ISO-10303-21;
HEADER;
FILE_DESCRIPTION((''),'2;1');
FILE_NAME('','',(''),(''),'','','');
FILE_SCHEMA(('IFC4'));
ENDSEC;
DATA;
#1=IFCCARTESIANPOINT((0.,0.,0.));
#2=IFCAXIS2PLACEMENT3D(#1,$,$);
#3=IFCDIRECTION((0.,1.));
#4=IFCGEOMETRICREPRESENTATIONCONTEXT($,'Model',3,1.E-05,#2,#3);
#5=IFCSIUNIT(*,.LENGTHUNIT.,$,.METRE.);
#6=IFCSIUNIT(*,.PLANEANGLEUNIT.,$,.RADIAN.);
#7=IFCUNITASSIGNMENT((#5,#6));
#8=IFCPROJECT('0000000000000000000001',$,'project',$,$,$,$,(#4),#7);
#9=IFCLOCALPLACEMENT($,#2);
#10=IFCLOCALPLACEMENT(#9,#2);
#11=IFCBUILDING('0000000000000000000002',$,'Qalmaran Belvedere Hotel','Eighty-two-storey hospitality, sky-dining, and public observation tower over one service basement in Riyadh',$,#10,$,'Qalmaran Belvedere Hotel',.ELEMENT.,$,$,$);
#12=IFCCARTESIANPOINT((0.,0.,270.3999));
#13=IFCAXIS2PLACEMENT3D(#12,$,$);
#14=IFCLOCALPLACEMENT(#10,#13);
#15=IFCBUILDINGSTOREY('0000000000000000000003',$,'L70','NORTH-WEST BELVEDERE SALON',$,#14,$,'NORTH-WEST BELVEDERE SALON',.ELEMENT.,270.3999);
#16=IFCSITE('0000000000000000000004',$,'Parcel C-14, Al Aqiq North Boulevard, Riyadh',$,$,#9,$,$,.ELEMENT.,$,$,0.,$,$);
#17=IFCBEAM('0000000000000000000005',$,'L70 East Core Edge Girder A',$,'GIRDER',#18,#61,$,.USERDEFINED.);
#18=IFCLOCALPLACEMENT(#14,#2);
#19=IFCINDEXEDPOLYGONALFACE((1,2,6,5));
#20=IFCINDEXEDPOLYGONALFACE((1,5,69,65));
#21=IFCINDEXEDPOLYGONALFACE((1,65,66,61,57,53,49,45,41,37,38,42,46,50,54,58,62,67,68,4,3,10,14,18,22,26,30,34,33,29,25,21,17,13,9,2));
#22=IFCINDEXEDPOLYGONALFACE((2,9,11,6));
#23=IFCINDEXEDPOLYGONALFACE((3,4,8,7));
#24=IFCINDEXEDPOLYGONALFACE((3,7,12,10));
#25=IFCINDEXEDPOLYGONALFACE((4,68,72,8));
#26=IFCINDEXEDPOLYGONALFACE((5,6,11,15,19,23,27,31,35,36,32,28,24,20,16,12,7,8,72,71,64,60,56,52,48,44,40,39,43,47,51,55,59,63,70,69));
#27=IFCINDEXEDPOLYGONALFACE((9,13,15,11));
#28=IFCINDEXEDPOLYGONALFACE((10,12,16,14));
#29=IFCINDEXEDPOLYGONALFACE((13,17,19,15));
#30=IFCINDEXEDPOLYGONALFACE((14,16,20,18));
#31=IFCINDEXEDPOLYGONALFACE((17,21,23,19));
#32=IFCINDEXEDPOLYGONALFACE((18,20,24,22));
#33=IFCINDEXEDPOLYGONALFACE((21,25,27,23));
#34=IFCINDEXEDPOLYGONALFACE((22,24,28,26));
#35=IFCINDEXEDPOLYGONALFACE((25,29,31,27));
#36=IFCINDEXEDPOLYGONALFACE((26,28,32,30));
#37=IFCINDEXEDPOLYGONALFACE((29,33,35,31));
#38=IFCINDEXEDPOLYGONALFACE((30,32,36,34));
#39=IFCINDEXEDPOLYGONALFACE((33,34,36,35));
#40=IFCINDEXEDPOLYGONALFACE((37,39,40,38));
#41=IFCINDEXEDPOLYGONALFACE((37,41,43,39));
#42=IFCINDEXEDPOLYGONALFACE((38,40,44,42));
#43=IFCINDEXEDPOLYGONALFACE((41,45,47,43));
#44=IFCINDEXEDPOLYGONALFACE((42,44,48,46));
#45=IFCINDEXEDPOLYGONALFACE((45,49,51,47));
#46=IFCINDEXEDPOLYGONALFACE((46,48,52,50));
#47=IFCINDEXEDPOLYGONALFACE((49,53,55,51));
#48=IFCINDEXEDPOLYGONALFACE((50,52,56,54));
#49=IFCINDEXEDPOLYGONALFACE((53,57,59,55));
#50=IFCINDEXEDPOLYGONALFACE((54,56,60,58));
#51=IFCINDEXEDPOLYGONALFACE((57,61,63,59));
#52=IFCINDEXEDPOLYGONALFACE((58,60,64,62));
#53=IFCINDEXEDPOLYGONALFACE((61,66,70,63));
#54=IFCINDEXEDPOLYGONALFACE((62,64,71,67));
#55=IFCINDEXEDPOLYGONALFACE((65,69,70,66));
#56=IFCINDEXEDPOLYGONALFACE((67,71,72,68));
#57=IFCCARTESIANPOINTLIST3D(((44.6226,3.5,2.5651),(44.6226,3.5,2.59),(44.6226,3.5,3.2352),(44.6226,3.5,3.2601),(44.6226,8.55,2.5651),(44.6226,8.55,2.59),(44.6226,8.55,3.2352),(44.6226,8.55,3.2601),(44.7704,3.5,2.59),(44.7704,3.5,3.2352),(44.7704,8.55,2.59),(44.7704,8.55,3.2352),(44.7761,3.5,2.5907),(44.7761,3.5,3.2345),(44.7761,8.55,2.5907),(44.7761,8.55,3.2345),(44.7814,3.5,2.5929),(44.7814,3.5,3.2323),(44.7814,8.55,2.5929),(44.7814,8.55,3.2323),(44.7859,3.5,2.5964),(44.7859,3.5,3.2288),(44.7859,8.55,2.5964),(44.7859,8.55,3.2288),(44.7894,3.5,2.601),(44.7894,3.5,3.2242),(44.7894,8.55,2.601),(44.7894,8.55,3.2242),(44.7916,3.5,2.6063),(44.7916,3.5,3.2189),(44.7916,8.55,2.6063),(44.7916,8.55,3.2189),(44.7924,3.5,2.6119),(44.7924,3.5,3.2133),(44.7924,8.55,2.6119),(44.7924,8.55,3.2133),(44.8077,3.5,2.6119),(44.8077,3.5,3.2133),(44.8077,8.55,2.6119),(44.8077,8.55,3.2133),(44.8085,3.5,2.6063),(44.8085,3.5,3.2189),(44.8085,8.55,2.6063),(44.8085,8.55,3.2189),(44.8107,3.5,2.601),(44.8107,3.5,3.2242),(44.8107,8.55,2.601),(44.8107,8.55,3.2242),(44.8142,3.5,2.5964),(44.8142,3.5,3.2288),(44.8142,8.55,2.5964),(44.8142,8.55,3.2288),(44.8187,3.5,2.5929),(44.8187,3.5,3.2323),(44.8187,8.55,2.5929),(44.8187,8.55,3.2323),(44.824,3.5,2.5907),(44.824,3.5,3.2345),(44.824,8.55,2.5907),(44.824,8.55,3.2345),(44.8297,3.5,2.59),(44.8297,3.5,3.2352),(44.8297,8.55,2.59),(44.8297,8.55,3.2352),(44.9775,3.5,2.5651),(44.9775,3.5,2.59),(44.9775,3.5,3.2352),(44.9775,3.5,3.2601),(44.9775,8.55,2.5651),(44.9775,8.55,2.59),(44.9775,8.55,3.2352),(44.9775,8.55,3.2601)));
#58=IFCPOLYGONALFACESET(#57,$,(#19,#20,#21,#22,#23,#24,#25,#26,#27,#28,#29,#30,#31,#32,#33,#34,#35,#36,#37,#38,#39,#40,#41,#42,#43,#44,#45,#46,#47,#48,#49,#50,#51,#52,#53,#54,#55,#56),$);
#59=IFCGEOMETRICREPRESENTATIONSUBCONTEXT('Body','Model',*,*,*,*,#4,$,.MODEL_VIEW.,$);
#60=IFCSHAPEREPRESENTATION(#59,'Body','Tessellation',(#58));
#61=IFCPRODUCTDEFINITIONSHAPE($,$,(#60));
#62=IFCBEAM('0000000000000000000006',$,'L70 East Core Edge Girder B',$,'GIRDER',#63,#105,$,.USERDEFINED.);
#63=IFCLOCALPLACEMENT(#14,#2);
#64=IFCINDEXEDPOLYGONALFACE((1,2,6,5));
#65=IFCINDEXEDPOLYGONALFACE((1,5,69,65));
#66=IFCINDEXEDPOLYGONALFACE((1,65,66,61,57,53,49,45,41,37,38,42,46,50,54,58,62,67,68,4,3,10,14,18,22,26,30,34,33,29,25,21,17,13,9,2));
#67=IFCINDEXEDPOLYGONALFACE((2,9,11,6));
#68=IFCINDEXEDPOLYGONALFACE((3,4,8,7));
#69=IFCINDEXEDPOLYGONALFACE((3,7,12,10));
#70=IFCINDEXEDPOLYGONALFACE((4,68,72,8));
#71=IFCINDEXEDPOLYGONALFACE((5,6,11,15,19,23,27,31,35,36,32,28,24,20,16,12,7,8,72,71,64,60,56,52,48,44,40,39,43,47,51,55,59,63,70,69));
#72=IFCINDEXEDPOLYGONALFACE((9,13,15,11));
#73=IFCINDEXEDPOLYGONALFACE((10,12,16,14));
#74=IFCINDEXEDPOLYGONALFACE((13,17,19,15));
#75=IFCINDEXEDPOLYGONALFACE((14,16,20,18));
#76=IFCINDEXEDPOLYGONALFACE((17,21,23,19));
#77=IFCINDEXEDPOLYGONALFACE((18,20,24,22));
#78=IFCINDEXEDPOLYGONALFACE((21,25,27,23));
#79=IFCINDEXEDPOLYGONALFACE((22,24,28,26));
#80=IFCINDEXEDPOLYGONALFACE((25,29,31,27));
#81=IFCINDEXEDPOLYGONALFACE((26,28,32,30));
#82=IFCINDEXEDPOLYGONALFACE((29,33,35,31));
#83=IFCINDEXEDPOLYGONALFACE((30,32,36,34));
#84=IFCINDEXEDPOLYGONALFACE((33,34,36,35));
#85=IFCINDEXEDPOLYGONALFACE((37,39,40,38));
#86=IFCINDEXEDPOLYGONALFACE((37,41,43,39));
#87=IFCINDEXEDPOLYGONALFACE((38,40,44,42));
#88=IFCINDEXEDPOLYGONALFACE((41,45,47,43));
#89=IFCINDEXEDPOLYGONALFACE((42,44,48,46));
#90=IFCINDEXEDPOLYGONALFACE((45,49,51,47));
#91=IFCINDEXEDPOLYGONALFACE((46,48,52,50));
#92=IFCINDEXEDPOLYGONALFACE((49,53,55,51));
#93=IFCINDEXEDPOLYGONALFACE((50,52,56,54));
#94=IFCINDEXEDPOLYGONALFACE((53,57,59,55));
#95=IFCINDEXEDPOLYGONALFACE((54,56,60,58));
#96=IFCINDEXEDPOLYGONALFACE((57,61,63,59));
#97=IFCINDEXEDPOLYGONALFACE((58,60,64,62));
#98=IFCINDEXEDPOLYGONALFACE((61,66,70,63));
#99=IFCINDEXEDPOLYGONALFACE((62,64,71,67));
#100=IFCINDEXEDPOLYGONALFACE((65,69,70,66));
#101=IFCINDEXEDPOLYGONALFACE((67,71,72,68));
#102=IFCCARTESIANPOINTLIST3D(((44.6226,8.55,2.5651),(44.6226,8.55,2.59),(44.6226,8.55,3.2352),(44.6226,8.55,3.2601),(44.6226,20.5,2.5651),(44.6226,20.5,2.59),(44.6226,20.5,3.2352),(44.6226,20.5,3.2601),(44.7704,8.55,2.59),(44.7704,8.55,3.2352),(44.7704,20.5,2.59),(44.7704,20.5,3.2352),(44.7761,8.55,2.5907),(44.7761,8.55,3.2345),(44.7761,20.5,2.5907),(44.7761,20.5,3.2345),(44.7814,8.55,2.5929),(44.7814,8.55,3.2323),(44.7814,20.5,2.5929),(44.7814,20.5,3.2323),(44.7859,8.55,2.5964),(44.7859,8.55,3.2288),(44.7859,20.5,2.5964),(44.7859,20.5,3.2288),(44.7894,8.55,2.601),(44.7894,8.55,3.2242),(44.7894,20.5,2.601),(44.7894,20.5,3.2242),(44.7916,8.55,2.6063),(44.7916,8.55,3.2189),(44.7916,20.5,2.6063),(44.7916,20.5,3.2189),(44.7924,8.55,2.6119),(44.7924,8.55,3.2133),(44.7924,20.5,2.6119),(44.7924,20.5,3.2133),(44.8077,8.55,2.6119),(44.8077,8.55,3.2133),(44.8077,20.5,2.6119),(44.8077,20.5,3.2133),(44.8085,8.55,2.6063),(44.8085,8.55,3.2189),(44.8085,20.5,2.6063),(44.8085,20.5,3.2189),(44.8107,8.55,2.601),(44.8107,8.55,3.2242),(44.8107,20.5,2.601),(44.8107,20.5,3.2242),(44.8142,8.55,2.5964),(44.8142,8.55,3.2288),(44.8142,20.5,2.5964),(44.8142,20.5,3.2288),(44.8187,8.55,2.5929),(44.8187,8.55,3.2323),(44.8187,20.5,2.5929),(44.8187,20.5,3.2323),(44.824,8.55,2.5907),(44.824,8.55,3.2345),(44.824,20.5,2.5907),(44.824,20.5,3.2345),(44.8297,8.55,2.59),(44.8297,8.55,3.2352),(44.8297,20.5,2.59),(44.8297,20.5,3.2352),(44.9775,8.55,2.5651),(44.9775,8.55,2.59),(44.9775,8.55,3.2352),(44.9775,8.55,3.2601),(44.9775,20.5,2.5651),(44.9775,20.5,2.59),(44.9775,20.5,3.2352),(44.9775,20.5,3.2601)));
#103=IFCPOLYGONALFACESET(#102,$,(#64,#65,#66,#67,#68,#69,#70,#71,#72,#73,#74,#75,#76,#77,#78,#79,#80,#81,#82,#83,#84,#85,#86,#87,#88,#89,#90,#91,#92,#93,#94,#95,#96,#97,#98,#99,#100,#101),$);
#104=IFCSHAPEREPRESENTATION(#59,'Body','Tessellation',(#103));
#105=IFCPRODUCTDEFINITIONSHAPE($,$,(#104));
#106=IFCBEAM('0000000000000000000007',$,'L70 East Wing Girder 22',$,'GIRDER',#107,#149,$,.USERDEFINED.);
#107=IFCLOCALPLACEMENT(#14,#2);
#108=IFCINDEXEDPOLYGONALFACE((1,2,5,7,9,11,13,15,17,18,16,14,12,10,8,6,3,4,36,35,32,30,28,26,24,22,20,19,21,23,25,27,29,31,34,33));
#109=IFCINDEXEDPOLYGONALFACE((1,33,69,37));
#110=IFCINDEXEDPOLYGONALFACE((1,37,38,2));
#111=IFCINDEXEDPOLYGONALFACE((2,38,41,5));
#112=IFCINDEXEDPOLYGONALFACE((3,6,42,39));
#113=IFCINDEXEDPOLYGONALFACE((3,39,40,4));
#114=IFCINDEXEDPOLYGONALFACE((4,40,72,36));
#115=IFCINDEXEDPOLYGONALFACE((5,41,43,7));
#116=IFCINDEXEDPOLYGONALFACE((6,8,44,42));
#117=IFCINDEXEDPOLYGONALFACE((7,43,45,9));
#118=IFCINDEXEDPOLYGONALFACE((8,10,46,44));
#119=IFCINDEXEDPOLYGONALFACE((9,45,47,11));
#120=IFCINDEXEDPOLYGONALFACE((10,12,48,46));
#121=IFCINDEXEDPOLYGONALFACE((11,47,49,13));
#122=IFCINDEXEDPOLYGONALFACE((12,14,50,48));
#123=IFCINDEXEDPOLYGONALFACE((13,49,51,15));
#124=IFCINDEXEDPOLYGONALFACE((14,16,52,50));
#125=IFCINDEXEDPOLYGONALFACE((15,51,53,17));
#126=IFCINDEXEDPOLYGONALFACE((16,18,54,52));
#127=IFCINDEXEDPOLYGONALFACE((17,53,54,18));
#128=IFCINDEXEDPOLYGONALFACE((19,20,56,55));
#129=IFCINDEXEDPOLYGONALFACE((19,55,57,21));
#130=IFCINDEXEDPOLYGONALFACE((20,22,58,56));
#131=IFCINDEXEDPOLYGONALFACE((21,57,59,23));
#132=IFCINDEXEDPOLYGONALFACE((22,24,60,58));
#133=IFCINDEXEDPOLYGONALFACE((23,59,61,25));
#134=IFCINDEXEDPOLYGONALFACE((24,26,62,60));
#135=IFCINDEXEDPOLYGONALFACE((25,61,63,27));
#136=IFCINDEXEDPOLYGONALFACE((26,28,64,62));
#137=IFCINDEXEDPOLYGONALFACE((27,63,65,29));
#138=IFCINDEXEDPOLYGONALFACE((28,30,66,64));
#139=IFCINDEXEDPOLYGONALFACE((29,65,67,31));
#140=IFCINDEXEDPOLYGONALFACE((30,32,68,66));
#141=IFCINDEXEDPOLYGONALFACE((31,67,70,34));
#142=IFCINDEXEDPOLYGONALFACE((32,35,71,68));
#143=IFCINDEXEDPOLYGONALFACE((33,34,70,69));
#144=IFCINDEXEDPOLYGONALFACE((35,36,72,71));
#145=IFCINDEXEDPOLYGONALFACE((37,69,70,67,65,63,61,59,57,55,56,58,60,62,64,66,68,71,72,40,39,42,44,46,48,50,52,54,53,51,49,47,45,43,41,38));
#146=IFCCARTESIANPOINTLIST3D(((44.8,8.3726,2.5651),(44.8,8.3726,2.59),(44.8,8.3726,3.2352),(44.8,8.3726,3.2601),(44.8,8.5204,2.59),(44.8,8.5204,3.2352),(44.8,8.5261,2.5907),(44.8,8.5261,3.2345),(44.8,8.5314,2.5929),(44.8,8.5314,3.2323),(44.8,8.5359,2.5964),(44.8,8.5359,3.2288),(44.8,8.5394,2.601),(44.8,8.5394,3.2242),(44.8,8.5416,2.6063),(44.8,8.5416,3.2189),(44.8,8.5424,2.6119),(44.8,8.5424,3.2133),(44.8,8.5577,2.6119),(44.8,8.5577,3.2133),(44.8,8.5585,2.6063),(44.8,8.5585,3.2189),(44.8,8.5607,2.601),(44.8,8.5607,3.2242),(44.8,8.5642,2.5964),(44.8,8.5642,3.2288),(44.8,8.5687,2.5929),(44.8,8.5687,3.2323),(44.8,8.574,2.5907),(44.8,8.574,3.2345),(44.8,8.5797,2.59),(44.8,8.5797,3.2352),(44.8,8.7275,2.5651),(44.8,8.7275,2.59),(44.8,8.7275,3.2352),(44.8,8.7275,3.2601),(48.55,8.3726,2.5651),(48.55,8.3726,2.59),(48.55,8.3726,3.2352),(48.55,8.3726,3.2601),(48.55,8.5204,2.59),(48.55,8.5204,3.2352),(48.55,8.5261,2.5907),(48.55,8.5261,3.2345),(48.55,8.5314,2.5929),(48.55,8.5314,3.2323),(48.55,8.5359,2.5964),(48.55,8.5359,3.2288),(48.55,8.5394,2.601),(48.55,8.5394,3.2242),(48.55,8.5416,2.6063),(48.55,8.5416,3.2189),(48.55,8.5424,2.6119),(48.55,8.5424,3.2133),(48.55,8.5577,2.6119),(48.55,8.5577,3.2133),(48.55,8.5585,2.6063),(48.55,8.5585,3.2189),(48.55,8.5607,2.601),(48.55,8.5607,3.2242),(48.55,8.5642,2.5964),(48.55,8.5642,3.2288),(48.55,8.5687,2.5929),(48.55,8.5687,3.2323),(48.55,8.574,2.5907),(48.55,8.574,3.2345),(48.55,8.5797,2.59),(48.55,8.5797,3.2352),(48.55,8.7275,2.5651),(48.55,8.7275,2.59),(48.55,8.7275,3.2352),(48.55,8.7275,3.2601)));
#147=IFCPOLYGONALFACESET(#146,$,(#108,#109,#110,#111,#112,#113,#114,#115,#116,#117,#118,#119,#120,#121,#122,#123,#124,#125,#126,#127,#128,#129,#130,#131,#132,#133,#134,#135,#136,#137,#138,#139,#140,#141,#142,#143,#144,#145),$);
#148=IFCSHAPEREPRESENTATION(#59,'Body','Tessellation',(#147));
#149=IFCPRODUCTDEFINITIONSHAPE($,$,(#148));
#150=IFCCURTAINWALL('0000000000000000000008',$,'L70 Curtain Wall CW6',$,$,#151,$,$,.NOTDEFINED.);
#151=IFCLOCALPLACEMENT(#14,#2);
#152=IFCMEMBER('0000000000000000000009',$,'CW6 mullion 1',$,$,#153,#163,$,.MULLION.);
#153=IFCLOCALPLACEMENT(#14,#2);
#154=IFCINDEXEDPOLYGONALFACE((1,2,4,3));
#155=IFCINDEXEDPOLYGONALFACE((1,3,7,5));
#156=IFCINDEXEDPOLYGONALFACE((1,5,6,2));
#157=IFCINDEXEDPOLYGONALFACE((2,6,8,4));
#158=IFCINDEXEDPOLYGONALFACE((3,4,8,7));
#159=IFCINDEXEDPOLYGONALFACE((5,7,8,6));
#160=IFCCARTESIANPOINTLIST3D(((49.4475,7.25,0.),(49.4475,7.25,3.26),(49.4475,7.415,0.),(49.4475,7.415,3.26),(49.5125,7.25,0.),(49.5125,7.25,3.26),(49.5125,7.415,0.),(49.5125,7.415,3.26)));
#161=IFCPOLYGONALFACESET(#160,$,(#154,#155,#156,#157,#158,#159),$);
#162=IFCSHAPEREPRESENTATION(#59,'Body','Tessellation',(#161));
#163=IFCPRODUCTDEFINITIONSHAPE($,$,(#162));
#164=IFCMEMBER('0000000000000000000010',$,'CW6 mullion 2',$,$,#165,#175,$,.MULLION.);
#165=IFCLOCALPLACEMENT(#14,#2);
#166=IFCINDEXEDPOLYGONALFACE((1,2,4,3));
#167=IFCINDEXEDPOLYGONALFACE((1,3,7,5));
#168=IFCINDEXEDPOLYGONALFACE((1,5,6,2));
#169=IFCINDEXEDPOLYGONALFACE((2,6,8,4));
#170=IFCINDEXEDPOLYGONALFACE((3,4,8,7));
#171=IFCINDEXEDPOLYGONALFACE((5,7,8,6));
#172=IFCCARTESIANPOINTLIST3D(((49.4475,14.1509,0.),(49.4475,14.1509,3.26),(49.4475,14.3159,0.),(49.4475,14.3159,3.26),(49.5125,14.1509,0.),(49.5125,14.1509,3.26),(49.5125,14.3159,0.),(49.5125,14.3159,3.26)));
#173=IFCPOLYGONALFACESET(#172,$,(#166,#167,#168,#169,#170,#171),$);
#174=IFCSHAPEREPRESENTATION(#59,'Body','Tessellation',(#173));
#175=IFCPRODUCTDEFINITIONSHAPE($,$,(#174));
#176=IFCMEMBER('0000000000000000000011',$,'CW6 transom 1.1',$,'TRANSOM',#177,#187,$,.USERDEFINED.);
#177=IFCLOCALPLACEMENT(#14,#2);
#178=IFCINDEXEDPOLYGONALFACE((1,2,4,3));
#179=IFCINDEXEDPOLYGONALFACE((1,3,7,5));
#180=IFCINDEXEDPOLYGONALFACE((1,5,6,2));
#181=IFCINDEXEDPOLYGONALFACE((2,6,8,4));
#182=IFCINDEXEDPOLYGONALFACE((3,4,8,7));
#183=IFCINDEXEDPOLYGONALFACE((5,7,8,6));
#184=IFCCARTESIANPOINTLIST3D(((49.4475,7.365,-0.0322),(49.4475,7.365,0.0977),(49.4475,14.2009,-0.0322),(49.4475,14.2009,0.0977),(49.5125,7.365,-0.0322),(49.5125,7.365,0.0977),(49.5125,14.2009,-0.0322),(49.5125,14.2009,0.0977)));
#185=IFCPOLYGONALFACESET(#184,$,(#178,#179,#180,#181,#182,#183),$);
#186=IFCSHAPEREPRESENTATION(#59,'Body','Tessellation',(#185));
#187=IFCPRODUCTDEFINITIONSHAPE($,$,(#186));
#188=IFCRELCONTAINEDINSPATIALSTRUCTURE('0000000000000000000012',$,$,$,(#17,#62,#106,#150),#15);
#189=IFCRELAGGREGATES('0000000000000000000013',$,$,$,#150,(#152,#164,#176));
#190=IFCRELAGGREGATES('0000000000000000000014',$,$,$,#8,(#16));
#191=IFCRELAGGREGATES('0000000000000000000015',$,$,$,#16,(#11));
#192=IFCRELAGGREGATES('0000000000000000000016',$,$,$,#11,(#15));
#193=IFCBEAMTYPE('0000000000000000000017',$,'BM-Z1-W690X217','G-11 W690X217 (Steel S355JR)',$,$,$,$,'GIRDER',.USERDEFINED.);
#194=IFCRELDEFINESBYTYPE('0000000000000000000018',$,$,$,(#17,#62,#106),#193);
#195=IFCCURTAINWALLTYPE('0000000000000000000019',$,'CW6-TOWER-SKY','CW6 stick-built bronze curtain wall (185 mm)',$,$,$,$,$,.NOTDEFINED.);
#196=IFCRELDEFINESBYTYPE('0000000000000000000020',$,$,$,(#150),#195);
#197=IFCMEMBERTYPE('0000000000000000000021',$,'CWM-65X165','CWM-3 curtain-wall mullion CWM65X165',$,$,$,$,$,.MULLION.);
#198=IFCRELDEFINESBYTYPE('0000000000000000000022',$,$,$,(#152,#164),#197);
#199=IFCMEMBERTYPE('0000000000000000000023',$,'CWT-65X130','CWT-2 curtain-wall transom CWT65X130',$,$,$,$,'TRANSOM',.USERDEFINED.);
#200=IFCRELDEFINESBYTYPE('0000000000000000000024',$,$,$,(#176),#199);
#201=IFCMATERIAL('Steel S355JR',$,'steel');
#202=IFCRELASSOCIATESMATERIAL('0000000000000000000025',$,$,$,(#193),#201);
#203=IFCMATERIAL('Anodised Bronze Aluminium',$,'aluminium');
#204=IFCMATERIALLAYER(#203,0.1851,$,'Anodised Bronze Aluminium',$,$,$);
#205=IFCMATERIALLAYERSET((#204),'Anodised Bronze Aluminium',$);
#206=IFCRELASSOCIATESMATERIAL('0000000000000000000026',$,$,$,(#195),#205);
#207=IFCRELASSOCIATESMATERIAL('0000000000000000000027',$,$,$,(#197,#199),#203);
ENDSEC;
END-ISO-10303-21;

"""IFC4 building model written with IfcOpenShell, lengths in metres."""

from ifc_helpers import new_model, si_unit, direction, frame, origin, origin_2d, place, context, subcontext, project, spatial, rectangle, i_section, extrude, material, layer, layer_set, material_profile, profile_set, type_object, element, aggregate, save


model = new_model("IFC4")

# Units and contexts
model_context = context("Model", 3, precision=1e-05, world=origin(), true_north=direction((0.0, 1.0)))
body_context = subcontext(model_context, "Body", "Model", "MODEL_VIEW")
ifc_project = project(units=[si_unit("LENGTHUNIT", "METRE"), si_unit("PLANEANGLEUNIT", "RADIAN")], contexts=[model_context])

# Site, building, storey
site_placement = place(None, origin())
site = spatial("IfcSite", under=ifc_project, at=site_placement, Name="Parcel C-14, Al Aqiq North Boulevard, Riyadh", CompositionType="ELEMENT", RefElevation=0.0)
building_placement = place(site_placement, origin())
building = spatial("IfcBuilding", under=site, at=building_placement, Name="Qalmaran Belvedere Hotel", Description="Eighty-two-storey hospitality, sky-dining, and public observation tower over one service basement in Riyadh", LongName="Qalmaran Belvedere Hotel", CompositionType="ELEMENT")
storey_placement = place(building_placement, frame((0.0, 0.0, 270.3999)))
storey = spatial("IfcBuildingStorey", under=building, at=storey_placement, Name="L70", Description="NORTH-WEST BELVEDERE SALON", LongName="NORTH-WEST BELVEDERE SALON", CompositionType="ELEMENT", Elevation=270.3999)

# Beams
ifc_material_1 = material(Name="Steel S355JR", Category="steel")
ifc_material_profile_1 = material_profile(ifc_material_1, i_section(OverallWidth=0.355, OverallDepth=0.6951, WebThickness=0.0154, FlangeThickness=0.0249, FilletRadius=0.022, at=origin_2d()), Name="W690X217")
ifc_profile_set_1 = profile_set([ifc_material_profile_1], Name="Steel S355JR")
beam_type_1 = type_object("IfcBeamType", Name="BM-Z1-W690X217", Description="G-11 W690X217 (Steel S355JR)", ElementType="GIRDER", PredefinedType="USERDEFINED", material=ifc_profile_set_1)
beam_1_placement = place(storey_placement, frame((44.8, 3.5, 2.9126), z_axis=(0.0, 1.0, 0.0), x_axis=(-1.0, 0.0, 0.0)))
element("IfcBeam", 1, at=beam_1_placement, inside=storey, type_object=beam_type_1, Name="L70 East Core Edge Girder A", ObjectType="GIRDER", PredefinedType="USERDEFINED", context=body_context, shape_type="SweptSolid", body=[
    extrude(i_section(OverallWidth=0.355, OverallDepth=0.6951, WebThickness=0.0154, FlangeThickness=0.0249, FilletRadius=0.022, at=origin_2d()), origin(), (0.0, 0.0, 1.0), 5.05),
])
beam_2_placement = place(storey_placement, frame((44.8, 8.55, 2.9126), z_axis=(0.0, 1.0, 0.0), x_axis=(-1.0, 0.0, 0.0)))
element("IfcBeam", 2, at=beam_2_placement, inside=storey, type_object=beam_type_1, Name="L70 East Core Edge Girder B", ObjectType="GIRDER", PredefinedType="USERDEFINED", context=body_context, shape_type="SweptSolid", body=[
    extrude(i_section(OverallWidth=0.355, OverallDepth=0.6951, WebThickness=0.0154, FlangeThickness=0.0249, FilletRadius=0.022, at=origin_2d()), origin(), (0.0, 0.0, 1.0), 11.95),
])
beam_3_placement = place(storey_placement, frame((44.8, 8.55, 2.9126), z_axis=(1.0, 0.0, 0.0), x_axis=(0.0, 1.0, 0.0)))
element("IfcBeam", 3, at=beam_3_placement, inside=storey, type_object=beam_type_1, Name="L70 East Wing Girder 22", ObjectType="GIRDER", PredefinedType="USERDEFINED", context=body_context, shape_type="SweptSolid", body=[
    extrude(i_section(OverallWidth=0.355, OverallDepth=0.6951, WebThickness=0.0154, FlangeThickness=0.0249, FilletRadius=0.022, at=origin_2d()), origin(), (0.0, 0.0, 1.0), 3.75),
])

# Curtain wall, members
ifc_material_2 = material(Name="Anodised Bronze Aluminium", Category="aluminium")
ifc_layer_1 = layer(ifc_material_2, 0.1851, Name="Anodised Bronze Aluminium")
ifc_layer_set_1 = layer_set([ifc_layer_1], Name="Anodised Bronze Aluminium")
curtain_wall_type = type_object("IfcCurtainWallType", Name="CW6-TOWER-SKY", Description="CW6 stick-built bronze curtain wall (185 mm)", PredefinedType="NOTDEFINED", material=ifc_layer_set_1)
curtain_wall_placement = place(storey_placement, origin())
curtain_wall = element("IfcCurtainWall", 4, at=curtain_wall_placement, inside=storey, type_object=curtain_wall_type, Name="L70 Curtain Wall CW6", PredefinedType="NOTDEFINED")
ifc_material_profile_2 = material_profile(ifc_material_2, rectangle(XDim=0.0649, YDim=0.165, at=origin_2d()), Name="CWM65X165")
ifc_profile_set_2 = profile_set([ifc_material_profile_2], Name="Anodised Bronze Aluminium")
member_type_1 = type_object("IfcMemberType", Name="CWM-65X165", Description="CWM-3 curtain-wall mullion CWM65X165", PredefinedType="MULLION", material=ifc_profile_set_2)
member_1_placement = place(storey_placement, frame((49.48, 7.3325, 0.0), z_axis=(0.0, 0.0, 1.0), x_axis=(-1.0, 0.0, 0.0)))
member_1 = element("IfcMember", 5, at=member_1_placement, type_object=member_type_1, Name="CW6 mullion 1", PredefinedType="MULLION", context=body_context, shape_type="SweptSolid", body=[
    extrude(rectangle(XDim=0.0649, YDim=0.165, at=origin_2d()), origin(), (0.0, 0.0, 1.0), 3.26),
])
member_2_placement = place(storey_placement, frame((49.48, 14.2334, 0.0), z_axis=(0.0, 0.0, 1.0), x_axis=(-1.0, 0.0, 0.0)))
member_2 = element("IfcMember", 6, at=member_2_placement, type_object=member_type_1, Name="CW6 mullion 2", PredefinedType="MULLION", context=body_context, shape_type="SweptSolid", body=[
    extrude(rectangle(XDim=0.0649, YDim=0.165, at=origin_2d()), origin(), (0.0, 0.0, 1.0), 3.26),
])
ifc_material_profile_3 = material_profile(ifc_material_2, rectangle(XDim=0.0649, YDim=0.1299, at=origin_2d()), Name="CWT65X130")
ifc_profile_set_3 = profile_set([ifc_material_profile_3], Name="Anodised Bronze Aluminium")
member_type_2 = type_object("IfcMemberType", Name="CWT-65X130", Description="CWT-2 curtain-wall transom CWT65X130", ElementType="TRANSOM", PredefinedType="USERDEFINED", material=ifc_profile_set_3)
member_3_placement = place(storey_placement, frame((49.48, 7.365, 0.0327), z_axis=(0.0, 1.0, 0.0), x_axis=(-1.0, 0.0, 0.0)))
member_3 = element("IfcMember", 7, at=member_3_placement, type_object=member_type_2, Name="CW6 transom 1.1", ObjectType="TRANSOM", PredefinedType="USERDEFINED", context=body_context, shape_type="SweptSolid", body=[
    extrude(rectangle(XDim=0.0649, YDim=0.1299, at=origin_2d()), origin(), (0.0, 0.0, 1.0), 6.8359),
])
aggregate(curtain_wall, [member_1, member_2, member_3])

save(model, "model.ifc")
